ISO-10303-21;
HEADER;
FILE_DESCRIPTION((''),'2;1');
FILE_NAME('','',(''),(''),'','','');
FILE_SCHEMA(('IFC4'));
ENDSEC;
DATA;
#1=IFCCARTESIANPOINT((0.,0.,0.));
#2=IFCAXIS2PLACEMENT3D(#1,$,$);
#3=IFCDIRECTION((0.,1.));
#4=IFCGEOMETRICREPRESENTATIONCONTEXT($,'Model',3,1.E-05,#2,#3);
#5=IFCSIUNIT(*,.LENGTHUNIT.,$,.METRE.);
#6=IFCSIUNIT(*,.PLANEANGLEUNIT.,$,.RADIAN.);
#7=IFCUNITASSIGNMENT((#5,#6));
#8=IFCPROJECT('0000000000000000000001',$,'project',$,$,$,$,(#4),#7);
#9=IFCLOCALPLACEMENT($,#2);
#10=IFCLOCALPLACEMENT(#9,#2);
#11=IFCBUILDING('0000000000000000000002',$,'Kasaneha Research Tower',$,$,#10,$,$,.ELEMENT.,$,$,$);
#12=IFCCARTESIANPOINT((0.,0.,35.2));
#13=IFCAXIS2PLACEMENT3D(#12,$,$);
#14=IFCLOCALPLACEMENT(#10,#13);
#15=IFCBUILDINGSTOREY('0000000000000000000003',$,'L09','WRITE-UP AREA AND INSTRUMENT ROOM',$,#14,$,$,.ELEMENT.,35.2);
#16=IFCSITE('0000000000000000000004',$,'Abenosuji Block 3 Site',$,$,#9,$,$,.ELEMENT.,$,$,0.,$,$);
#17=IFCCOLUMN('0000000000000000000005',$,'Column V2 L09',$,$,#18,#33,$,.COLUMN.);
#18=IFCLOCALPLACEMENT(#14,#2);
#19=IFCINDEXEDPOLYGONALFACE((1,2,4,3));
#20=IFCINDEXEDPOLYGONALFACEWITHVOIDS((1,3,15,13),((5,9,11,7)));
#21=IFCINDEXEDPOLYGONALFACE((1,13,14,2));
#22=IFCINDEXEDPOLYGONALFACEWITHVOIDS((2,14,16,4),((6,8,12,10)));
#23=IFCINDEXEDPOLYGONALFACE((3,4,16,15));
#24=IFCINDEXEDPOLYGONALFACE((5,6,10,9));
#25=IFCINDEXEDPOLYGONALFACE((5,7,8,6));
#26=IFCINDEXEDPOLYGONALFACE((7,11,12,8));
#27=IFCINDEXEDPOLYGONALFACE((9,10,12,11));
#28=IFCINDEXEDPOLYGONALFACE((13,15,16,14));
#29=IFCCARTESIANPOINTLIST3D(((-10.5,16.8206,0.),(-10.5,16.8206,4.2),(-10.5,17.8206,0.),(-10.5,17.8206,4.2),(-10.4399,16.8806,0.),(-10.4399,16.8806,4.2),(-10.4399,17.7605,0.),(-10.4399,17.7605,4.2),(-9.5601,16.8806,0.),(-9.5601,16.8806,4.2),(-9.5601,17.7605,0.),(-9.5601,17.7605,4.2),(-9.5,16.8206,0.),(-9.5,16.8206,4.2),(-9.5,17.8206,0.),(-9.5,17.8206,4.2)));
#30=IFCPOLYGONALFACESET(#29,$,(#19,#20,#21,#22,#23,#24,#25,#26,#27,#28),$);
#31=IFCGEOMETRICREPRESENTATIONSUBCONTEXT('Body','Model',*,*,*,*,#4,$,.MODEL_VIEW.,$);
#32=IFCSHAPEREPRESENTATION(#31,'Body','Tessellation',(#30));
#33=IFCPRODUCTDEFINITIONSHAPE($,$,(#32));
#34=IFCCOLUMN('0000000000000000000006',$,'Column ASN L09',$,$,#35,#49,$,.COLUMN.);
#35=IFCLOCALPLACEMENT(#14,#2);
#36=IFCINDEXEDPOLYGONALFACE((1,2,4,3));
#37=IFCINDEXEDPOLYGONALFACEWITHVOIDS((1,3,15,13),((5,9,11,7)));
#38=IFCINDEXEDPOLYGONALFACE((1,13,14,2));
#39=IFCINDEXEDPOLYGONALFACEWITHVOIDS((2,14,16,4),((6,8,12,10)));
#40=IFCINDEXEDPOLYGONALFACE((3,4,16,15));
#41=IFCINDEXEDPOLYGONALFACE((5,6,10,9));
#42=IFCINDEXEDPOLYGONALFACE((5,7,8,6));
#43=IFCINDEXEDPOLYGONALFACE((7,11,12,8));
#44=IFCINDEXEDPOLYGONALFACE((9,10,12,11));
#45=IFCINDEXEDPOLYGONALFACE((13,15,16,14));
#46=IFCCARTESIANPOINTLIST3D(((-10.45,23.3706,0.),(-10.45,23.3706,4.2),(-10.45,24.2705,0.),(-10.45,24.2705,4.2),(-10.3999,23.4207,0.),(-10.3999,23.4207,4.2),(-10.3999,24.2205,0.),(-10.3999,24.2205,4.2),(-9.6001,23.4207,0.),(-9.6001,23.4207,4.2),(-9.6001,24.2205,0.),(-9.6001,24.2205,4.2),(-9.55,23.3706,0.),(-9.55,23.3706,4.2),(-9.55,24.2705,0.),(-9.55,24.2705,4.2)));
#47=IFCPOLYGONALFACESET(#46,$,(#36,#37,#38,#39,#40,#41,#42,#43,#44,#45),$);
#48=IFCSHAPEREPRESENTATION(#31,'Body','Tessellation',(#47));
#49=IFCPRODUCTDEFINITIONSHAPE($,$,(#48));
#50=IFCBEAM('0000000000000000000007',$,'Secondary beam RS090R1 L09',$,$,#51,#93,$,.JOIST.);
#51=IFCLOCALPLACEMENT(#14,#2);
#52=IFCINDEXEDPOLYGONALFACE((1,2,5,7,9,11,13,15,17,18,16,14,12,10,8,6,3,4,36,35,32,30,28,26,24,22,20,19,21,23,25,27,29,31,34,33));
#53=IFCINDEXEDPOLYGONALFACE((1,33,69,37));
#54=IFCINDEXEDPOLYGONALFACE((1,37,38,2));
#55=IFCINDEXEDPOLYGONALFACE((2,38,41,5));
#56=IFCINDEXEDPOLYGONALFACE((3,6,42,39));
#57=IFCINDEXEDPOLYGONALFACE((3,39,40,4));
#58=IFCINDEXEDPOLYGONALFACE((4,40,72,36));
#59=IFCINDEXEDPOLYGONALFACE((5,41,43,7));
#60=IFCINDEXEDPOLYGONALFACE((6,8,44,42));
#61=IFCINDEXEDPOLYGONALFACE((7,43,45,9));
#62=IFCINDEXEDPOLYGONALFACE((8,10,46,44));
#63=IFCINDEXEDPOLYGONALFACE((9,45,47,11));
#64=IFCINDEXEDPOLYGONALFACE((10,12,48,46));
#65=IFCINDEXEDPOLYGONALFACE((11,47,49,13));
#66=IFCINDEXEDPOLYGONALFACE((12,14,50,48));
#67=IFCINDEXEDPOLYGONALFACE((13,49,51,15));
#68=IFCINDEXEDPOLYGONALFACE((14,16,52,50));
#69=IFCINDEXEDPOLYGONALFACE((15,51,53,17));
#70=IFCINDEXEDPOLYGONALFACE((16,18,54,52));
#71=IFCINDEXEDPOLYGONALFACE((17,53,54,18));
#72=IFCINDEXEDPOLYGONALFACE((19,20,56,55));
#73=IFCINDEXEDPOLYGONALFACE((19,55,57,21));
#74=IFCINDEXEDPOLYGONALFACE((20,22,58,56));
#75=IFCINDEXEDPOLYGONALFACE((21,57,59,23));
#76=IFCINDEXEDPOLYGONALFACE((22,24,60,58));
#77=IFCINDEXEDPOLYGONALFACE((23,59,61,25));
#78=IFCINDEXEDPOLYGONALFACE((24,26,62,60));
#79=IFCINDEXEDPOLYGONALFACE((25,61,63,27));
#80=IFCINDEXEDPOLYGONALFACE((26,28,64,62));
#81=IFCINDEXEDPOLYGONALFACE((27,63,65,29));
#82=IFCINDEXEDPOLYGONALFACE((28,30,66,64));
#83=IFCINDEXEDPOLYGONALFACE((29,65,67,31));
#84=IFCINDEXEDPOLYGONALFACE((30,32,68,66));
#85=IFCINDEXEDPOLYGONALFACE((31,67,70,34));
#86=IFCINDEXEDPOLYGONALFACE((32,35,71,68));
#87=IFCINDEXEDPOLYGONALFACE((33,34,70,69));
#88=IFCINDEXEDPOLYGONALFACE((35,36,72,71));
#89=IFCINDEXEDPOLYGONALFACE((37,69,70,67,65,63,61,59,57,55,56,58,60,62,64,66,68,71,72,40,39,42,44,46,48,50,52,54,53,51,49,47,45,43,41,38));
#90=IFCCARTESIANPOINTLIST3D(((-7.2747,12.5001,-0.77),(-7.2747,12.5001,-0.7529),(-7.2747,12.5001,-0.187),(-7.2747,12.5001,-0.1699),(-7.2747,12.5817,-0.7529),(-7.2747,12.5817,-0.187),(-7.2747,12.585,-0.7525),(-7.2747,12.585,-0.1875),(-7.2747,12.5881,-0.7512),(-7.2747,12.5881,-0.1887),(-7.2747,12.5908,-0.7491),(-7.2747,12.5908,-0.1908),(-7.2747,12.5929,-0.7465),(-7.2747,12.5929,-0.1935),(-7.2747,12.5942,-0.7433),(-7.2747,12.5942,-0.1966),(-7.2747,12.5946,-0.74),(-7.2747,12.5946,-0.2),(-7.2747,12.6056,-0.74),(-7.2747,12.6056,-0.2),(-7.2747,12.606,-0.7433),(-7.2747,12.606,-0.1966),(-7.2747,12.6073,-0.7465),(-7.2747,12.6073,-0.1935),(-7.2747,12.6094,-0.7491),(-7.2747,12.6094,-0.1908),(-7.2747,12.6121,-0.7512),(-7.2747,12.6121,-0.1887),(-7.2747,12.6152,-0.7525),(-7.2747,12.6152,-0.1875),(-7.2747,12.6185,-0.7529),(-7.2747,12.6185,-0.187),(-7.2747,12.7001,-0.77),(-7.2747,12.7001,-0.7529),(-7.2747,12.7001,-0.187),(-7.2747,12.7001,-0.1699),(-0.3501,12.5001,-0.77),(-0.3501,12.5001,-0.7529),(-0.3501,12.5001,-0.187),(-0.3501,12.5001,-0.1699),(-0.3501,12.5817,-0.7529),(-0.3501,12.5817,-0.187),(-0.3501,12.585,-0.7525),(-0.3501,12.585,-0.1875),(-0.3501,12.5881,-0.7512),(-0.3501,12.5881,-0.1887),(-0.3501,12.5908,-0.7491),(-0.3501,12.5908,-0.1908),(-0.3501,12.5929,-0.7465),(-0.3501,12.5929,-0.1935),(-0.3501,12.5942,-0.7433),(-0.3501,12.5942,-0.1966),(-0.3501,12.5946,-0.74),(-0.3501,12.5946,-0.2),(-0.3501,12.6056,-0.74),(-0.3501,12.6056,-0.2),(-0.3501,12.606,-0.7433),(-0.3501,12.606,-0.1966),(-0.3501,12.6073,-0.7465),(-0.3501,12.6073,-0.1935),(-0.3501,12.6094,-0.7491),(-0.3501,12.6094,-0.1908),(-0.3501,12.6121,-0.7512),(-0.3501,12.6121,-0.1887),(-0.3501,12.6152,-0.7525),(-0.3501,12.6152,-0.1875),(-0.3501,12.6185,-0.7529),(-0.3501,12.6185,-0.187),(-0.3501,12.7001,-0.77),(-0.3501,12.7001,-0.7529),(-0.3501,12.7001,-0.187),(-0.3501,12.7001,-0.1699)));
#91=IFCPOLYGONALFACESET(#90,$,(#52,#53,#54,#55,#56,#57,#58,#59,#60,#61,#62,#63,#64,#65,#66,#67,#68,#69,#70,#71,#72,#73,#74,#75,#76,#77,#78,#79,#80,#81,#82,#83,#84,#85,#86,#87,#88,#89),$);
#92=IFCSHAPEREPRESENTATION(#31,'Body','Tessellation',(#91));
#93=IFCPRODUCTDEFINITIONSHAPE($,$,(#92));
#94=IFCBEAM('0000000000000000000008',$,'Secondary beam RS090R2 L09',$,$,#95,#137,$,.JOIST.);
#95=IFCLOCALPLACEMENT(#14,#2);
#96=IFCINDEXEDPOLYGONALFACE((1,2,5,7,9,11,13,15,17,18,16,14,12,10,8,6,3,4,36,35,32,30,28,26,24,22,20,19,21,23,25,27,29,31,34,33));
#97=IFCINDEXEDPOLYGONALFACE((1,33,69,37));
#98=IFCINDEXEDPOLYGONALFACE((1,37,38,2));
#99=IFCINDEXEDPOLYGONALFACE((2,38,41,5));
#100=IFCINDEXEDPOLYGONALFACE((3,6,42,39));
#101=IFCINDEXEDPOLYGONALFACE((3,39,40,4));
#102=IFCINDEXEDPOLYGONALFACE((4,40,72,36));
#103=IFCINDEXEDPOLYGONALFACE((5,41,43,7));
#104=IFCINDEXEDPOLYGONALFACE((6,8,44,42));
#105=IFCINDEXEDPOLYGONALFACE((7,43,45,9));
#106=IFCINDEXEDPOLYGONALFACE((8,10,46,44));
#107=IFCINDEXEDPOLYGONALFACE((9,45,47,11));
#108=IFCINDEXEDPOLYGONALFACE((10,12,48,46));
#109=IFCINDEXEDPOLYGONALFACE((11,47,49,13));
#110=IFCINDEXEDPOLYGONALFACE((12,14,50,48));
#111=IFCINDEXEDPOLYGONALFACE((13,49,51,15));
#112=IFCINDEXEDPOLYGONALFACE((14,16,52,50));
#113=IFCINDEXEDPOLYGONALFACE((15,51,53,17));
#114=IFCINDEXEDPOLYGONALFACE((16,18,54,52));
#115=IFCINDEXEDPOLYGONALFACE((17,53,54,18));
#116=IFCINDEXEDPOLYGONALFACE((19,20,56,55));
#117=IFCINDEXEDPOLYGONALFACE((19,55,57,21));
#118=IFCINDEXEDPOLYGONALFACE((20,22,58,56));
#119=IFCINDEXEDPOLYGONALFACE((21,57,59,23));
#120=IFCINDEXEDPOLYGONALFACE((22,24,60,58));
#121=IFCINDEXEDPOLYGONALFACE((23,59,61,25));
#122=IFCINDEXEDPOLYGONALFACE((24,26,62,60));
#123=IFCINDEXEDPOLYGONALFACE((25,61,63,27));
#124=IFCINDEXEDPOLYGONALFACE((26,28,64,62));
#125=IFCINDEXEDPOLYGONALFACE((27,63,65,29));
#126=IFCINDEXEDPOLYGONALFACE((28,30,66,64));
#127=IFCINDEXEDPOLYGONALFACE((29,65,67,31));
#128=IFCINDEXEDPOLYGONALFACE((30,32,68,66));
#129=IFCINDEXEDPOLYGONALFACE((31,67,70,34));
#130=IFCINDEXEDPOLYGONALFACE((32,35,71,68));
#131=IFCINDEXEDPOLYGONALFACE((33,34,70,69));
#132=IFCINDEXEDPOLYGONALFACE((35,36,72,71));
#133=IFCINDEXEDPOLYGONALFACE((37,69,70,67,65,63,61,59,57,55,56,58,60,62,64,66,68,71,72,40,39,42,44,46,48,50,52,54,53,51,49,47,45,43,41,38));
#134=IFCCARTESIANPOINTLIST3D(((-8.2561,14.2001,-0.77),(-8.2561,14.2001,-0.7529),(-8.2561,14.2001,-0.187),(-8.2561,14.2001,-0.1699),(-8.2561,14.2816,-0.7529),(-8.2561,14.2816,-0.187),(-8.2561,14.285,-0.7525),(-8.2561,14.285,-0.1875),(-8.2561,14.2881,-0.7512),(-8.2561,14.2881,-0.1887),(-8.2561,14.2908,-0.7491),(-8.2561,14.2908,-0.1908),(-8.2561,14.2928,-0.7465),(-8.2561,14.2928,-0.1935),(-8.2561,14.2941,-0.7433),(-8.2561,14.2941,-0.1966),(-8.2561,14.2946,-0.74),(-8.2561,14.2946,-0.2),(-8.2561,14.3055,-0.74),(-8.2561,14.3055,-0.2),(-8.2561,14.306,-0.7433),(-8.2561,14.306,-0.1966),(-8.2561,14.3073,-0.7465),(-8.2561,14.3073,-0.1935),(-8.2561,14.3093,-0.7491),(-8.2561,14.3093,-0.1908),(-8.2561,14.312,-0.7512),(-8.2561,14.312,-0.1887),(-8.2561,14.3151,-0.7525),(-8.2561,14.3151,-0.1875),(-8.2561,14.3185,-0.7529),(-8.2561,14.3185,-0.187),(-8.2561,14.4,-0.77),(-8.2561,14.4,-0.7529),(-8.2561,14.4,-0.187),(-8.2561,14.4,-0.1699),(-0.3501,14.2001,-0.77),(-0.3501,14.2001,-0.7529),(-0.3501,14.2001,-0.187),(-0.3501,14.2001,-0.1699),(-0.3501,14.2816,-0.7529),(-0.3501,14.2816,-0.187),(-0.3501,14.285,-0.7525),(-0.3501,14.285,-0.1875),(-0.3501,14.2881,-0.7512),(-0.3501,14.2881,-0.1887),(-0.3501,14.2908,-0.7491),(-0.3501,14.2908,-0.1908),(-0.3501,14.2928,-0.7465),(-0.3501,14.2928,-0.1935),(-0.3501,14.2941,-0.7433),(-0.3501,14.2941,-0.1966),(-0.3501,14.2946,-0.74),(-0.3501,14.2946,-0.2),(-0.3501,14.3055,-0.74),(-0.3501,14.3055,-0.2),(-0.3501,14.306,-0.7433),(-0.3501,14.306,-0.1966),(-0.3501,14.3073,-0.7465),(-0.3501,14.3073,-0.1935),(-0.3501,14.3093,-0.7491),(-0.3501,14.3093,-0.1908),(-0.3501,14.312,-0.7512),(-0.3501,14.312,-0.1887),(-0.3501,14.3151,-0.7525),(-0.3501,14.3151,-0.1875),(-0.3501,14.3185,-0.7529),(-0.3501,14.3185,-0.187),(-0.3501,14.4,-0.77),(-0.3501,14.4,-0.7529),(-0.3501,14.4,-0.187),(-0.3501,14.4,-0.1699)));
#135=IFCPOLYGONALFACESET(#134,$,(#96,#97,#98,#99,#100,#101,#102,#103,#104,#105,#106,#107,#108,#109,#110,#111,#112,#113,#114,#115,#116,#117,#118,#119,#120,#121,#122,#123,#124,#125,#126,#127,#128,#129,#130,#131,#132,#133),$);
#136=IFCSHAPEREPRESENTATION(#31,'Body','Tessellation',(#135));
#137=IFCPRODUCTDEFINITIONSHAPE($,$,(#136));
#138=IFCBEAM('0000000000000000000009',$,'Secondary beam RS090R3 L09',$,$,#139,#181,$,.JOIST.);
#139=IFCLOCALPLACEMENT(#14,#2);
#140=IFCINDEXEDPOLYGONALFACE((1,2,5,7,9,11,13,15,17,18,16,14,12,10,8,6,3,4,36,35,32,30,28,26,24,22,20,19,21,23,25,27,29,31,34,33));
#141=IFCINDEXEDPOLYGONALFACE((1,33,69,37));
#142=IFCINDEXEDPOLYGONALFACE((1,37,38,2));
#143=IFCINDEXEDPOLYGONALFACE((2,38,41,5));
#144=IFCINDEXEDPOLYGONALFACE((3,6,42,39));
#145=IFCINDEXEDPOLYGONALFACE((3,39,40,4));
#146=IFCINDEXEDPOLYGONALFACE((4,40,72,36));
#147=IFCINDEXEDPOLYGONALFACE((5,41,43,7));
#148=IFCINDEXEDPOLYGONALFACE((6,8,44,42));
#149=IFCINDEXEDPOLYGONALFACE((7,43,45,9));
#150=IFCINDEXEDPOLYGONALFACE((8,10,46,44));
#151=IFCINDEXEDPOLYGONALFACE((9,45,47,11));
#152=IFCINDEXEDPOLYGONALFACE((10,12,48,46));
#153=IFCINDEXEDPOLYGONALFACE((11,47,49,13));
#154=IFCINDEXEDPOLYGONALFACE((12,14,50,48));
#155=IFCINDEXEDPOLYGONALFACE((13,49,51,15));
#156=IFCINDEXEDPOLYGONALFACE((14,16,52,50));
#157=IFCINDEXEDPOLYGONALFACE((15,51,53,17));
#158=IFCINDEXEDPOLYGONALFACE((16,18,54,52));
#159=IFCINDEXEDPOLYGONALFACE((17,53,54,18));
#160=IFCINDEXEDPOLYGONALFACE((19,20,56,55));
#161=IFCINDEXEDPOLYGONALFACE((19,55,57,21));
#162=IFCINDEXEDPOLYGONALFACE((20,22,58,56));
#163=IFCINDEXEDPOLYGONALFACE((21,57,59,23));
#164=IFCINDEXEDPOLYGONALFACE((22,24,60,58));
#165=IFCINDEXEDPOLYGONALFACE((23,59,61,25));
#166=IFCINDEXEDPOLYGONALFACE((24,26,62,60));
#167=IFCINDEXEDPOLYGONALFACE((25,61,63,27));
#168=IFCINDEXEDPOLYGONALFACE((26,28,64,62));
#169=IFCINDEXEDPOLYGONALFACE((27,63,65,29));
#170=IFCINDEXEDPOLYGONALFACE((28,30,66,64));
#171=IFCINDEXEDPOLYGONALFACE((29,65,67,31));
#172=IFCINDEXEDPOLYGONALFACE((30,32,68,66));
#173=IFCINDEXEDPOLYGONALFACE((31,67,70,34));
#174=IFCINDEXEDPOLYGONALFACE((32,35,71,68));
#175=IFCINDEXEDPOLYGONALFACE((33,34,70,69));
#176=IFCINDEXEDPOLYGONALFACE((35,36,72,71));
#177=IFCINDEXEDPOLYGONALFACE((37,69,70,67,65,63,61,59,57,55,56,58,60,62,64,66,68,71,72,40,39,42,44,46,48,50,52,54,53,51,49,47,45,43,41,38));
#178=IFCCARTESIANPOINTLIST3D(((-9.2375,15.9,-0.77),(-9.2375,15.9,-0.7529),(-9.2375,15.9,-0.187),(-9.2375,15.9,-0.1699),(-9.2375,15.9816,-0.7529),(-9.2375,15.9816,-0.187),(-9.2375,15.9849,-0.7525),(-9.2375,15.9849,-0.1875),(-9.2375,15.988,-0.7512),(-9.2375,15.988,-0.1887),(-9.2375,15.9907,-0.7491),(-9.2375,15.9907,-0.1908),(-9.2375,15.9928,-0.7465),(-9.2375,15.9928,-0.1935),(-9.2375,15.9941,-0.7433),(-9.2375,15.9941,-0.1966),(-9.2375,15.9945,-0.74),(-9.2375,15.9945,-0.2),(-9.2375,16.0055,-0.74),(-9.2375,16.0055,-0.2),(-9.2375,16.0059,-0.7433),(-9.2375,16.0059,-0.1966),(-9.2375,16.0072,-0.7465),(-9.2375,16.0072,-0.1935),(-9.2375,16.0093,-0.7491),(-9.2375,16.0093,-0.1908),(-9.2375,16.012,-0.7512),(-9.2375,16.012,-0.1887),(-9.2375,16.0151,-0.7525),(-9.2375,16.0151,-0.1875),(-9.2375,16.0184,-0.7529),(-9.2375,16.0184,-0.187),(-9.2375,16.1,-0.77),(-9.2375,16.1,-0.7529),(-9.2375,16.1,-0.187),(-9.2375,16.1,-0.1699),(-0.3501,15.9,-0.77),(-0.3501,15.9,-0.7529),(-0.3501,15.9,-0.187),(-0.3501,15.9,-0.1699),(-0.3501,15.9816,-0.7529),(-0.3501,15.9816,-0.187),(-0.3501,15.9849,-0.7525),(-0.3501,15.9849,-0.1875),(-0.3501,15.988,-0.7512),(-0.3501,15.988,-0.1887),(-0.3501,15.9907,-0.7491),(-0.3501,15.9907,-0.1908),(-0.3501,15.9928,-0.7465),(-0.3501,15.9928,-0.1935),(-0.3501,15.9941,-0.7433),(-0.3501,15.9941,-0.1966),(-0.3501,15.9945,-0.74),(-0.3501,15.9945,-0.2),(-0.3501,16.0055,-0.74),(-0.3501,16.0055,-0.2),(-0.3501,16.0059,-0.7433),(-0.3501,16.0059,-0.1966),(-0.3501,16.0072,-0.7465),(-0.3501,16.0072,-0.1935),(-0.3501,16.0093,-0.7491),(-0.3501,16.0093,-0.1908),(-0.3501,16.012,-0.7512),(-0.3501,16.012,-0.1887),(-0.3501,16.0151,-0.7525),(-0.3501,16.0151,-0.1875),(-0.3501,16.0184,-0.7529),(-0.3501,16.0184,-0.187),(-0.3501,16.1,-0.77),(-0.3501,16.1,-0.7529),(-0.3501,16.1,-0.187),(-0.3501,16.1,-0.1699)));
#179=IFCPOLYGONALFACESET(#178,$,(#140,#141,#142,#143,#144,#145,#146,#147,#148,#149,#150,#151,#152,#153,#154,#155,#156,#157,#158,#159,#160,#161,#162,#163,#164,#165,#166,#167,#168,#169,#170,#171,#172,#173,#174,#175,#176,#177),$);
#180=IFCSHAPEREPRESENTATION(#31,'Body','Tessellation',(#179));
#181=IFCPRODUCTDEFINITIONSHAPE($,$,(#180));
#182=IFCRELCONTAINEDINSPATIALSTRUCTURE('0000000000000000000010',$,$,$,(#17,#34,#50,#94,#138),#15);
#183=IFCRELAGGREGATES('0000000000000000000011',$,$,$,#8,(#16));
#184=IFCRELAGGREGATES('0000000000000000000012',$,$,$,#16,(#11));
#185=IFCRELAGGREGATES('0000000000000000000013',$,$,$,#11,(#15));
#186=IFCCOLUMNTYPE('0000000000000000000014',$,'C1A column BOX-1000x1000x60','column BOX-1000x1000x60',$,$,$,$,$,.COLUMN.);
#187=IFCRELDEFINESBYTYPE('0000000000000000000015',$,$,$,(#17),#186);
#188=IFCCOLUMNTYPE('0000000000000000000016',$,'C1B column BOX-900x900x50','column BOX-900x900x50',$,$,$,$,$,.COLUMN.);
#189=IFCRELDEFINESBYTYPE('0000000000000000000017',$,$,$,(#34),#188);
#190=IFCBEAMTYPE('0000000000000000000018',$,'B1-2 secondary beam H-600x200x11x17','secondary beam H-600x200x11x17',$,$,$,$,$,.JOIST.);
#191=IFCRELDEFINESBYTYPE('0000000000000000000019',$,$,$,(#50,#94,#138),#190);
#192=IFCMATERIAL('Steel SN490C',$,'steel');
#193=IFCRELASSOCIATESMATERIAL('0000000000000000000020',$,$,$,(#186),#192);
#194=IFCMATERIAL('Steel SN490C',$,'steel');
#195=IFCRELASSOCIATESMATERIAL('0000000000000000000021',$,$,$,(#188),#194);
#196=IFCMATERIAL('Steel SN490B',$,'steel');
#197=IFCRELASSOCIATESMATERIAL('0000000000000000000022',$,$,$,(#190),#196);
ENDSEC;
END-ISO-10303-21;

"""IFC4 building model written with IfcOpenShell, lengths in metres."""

from ifc_helpers import new_model, si_unit, direction, frame, origin, origin_2d, place, context, subcontext, project, spatial, hollow_rectangle, i_section, extrude, material, material_profile, profile_set, type_object, element, save


model = new_model("IFC4")

# Units and contexts
model_context = context("Model", 3, precision=1e-05, world=origin(), true_north=direction((0.0, 1.0)))
body_context = subcontext(model_context, "Body", "Model", "MODEL_VIEW")
ifc_project = project(units=[si_unit("LENGTHUNIT", "METRE"), si_unit("PLANEANGLEUNIT", "RADIAN")], contexts=[model_context])

# Site, building, storey
site_placement = place(None, origin())
site = spatial("IfcSite", under=ifc_project, at=site_placement, Name="Abenosuji Block 3 Site", CompositionType="ELEMENT", RefElevation=0.0)
building_placement = place(site_placement, origin())
building = spatial("IfcBuilding", under=site, at=building_placement, Name="Kasaneha Research Tower", CompositionType="ELEMENT")
storey_placement = place(building_placement, frame((0.0, 0.0, 35.2)))
storey = spatial("IfcBuildingStorey", under=building, at=storey_placement, Name="L09", Description="WRITE-UP AREA AND INSTRUMENT ROOM", CompositionType="ELEMENT", Elevation=35.2)

# Columns
ifc_material_1 = material(Name="Steel SN490C", Category="steel")
ifc_material_profile_1 = material_profile(ifc_material_1, hollow_rectangle(XDim=1.0, YDim=1.0, WallThickness=0.0601, at=origin_2d()), Name="BOX-1000x1000x60")
ifc_profile_set_1 = profile_set([ifc_material_profile_1], Name="Steel SN490C")
column_type_1 = type_object("IfcColumnType", Name="C1A column BOX-1000x1000x60", Description="column BOX-1000x1000x60", PredefinedType="COLUMN", material=ifc_profile_set_1)
column_1_placement = place(storey_placement, frame((-10.0, 17.3206, 0.0), z_axis=(0.0, 0.0, 1.0), x_axis=(1.0, 0.0, 0.0)))
element("IfcColumn", 1, at=column_1_placement, inside=storey, type_object=column_type_1, Name="Column V2 L09", PredefinedType="COLUMN", context=body_context, shape_type="SweptSolid", body=[
    extrude(hollow_rectangle(XDim=1.0, YDim=1.0, WallThickness=0.0601, at=origin_2d()), origin(), (0.0, 0.0, 1.0), 4.2),
])
ifc_material_2 = material(Name="Steel SN490C", Category="steel")
ifc_material_profile_2 = material_profile(ifc_material_2, hollow_rectangle(XDim=0.8999, YDim=0.8999, WallThickness=0.05, at=origin_2d()), Name="BOX-900x900x50")
ifc_profile_set_2 = profile_set([ifc_material_profile_2], Name="Steel SN490C")
column_type_2 = type_object("IfcColumnType", Name="C1B column BOX-900x900x50", Description="column BOX-900x900x50", PredefinedType="COLUMN", material=ifc_profile_set_2)
column_2_placement = place(storey_placement, frame((-10.0, 23.8206, 0.0), z_axis=(0.0, 0.0, 1.0), x_axis=(1.0, 0.0, 0.0)))
element("IfcColumn", 2, at=column_2_placement, inside=storey, type_object=column_type_2, Name="Column ASN L09", PredefinedType="COLUMN", context=body_context, shape_type="SweptSolid", body=[
    extrude(hollow_rectangle(XDim=0.8999, YDim=0.8999, WallThickness=0.05, at=origin_2d()), origin(), (0.0, 0.0, 1.0), 4.2),
])

# Beams
ifc_material_3 = material(Name="Steel SN490B", Category="steel")
ifc_material_profile_3 = material_profile(ifc_material_3, i_section(OverallWidth=0.2, OverallDepth=0.6001, WebThickness=0.011, FlangeThickness=0.0171, FilletRadius=0.0129, at=origin_2d()), Name="H-600x200x11x17")
ifc_profile_set_3 = profile_set([ifc_material_profile_3], Name="Steel SN490B")
beam_type_1 = type_object("IfcBeamType", Name="B1-2 secondary beam H-600x200x11x17", Description="secondary beam H-600x200x11x17", PredefinedType="JOIST", material=ifc_profile_set_3)
beam_1_placement = place(storey_placement, frame((-7.2747, 12.6001, -0.47), z_axis=(1.0, 0.0, 0.0), x_axis=(0.0, 1.0, 0.0)))
element("IfcBeam", 3, at=beam_1_placement, inside=storey, type_object=beam_type_1, Name="Secondary beam RS090R1 L09", PredefinedType="JOIST", context=body_context, shape_type="SweptSolid", body=[
    extrude(i_section(OverallWidth=0.2, OverallDepth=0.6001, WebThickness=0.011, FlangeThickness=0.0171, FilletRadius=0.0129, at=origin_2d()), origin(), (0.0, 0.0, 1.0), 6.9246),
])
beam_2_placement = place(storey_placement, frame((-8.2561, 14.3, -0.47), z_axis=(1.0, 0.0, 0.0), x_axis=(0.0, 1.0, 0.0)))
element("IfcBeam", 4, at=beam_2_placement, inside=storey, type_object=beam_type_1, Name="Secondary beam RS090R2 L09", PredefinedType="JOIST", context=body_context, shape_type="SweptSolid", body=[
    extrude(i_section(OverallWidth=0.2, OverallDepth=0.6001, WebThickness=0.011, FlangeThickness=0.0171, FilletRadius=0.0129, at=origin_2d()), origin(), (0.0, 0.0, 1.0), 7.906),
])
beam_3_placement = place(storey_placement, frame((-9.2375, 16.0, -0.47), z_axis=(1.0, 0.0, 0.0), x_axis=(0.0, 1.0, 0.0)))
element("IfcBeam", 5, at=beam_3_placement, inside=storey, type_object=beam_type_1, Name="Secondary beam RS090R3 L09", PredefinedType="JOIST", context=body_context, shape_type="SweptSolid", body=[
    extrude(i_section(OverallWidth=0.2, OverallDepth=0.6001, WebThickness=0.011, FlangeThickness=0.0171, FilletRadius=0.0129, at=origin_2d()), origin(), (0.0, 0.0, 1.0), 8.8875),
])

save(model, "model.ifc")
